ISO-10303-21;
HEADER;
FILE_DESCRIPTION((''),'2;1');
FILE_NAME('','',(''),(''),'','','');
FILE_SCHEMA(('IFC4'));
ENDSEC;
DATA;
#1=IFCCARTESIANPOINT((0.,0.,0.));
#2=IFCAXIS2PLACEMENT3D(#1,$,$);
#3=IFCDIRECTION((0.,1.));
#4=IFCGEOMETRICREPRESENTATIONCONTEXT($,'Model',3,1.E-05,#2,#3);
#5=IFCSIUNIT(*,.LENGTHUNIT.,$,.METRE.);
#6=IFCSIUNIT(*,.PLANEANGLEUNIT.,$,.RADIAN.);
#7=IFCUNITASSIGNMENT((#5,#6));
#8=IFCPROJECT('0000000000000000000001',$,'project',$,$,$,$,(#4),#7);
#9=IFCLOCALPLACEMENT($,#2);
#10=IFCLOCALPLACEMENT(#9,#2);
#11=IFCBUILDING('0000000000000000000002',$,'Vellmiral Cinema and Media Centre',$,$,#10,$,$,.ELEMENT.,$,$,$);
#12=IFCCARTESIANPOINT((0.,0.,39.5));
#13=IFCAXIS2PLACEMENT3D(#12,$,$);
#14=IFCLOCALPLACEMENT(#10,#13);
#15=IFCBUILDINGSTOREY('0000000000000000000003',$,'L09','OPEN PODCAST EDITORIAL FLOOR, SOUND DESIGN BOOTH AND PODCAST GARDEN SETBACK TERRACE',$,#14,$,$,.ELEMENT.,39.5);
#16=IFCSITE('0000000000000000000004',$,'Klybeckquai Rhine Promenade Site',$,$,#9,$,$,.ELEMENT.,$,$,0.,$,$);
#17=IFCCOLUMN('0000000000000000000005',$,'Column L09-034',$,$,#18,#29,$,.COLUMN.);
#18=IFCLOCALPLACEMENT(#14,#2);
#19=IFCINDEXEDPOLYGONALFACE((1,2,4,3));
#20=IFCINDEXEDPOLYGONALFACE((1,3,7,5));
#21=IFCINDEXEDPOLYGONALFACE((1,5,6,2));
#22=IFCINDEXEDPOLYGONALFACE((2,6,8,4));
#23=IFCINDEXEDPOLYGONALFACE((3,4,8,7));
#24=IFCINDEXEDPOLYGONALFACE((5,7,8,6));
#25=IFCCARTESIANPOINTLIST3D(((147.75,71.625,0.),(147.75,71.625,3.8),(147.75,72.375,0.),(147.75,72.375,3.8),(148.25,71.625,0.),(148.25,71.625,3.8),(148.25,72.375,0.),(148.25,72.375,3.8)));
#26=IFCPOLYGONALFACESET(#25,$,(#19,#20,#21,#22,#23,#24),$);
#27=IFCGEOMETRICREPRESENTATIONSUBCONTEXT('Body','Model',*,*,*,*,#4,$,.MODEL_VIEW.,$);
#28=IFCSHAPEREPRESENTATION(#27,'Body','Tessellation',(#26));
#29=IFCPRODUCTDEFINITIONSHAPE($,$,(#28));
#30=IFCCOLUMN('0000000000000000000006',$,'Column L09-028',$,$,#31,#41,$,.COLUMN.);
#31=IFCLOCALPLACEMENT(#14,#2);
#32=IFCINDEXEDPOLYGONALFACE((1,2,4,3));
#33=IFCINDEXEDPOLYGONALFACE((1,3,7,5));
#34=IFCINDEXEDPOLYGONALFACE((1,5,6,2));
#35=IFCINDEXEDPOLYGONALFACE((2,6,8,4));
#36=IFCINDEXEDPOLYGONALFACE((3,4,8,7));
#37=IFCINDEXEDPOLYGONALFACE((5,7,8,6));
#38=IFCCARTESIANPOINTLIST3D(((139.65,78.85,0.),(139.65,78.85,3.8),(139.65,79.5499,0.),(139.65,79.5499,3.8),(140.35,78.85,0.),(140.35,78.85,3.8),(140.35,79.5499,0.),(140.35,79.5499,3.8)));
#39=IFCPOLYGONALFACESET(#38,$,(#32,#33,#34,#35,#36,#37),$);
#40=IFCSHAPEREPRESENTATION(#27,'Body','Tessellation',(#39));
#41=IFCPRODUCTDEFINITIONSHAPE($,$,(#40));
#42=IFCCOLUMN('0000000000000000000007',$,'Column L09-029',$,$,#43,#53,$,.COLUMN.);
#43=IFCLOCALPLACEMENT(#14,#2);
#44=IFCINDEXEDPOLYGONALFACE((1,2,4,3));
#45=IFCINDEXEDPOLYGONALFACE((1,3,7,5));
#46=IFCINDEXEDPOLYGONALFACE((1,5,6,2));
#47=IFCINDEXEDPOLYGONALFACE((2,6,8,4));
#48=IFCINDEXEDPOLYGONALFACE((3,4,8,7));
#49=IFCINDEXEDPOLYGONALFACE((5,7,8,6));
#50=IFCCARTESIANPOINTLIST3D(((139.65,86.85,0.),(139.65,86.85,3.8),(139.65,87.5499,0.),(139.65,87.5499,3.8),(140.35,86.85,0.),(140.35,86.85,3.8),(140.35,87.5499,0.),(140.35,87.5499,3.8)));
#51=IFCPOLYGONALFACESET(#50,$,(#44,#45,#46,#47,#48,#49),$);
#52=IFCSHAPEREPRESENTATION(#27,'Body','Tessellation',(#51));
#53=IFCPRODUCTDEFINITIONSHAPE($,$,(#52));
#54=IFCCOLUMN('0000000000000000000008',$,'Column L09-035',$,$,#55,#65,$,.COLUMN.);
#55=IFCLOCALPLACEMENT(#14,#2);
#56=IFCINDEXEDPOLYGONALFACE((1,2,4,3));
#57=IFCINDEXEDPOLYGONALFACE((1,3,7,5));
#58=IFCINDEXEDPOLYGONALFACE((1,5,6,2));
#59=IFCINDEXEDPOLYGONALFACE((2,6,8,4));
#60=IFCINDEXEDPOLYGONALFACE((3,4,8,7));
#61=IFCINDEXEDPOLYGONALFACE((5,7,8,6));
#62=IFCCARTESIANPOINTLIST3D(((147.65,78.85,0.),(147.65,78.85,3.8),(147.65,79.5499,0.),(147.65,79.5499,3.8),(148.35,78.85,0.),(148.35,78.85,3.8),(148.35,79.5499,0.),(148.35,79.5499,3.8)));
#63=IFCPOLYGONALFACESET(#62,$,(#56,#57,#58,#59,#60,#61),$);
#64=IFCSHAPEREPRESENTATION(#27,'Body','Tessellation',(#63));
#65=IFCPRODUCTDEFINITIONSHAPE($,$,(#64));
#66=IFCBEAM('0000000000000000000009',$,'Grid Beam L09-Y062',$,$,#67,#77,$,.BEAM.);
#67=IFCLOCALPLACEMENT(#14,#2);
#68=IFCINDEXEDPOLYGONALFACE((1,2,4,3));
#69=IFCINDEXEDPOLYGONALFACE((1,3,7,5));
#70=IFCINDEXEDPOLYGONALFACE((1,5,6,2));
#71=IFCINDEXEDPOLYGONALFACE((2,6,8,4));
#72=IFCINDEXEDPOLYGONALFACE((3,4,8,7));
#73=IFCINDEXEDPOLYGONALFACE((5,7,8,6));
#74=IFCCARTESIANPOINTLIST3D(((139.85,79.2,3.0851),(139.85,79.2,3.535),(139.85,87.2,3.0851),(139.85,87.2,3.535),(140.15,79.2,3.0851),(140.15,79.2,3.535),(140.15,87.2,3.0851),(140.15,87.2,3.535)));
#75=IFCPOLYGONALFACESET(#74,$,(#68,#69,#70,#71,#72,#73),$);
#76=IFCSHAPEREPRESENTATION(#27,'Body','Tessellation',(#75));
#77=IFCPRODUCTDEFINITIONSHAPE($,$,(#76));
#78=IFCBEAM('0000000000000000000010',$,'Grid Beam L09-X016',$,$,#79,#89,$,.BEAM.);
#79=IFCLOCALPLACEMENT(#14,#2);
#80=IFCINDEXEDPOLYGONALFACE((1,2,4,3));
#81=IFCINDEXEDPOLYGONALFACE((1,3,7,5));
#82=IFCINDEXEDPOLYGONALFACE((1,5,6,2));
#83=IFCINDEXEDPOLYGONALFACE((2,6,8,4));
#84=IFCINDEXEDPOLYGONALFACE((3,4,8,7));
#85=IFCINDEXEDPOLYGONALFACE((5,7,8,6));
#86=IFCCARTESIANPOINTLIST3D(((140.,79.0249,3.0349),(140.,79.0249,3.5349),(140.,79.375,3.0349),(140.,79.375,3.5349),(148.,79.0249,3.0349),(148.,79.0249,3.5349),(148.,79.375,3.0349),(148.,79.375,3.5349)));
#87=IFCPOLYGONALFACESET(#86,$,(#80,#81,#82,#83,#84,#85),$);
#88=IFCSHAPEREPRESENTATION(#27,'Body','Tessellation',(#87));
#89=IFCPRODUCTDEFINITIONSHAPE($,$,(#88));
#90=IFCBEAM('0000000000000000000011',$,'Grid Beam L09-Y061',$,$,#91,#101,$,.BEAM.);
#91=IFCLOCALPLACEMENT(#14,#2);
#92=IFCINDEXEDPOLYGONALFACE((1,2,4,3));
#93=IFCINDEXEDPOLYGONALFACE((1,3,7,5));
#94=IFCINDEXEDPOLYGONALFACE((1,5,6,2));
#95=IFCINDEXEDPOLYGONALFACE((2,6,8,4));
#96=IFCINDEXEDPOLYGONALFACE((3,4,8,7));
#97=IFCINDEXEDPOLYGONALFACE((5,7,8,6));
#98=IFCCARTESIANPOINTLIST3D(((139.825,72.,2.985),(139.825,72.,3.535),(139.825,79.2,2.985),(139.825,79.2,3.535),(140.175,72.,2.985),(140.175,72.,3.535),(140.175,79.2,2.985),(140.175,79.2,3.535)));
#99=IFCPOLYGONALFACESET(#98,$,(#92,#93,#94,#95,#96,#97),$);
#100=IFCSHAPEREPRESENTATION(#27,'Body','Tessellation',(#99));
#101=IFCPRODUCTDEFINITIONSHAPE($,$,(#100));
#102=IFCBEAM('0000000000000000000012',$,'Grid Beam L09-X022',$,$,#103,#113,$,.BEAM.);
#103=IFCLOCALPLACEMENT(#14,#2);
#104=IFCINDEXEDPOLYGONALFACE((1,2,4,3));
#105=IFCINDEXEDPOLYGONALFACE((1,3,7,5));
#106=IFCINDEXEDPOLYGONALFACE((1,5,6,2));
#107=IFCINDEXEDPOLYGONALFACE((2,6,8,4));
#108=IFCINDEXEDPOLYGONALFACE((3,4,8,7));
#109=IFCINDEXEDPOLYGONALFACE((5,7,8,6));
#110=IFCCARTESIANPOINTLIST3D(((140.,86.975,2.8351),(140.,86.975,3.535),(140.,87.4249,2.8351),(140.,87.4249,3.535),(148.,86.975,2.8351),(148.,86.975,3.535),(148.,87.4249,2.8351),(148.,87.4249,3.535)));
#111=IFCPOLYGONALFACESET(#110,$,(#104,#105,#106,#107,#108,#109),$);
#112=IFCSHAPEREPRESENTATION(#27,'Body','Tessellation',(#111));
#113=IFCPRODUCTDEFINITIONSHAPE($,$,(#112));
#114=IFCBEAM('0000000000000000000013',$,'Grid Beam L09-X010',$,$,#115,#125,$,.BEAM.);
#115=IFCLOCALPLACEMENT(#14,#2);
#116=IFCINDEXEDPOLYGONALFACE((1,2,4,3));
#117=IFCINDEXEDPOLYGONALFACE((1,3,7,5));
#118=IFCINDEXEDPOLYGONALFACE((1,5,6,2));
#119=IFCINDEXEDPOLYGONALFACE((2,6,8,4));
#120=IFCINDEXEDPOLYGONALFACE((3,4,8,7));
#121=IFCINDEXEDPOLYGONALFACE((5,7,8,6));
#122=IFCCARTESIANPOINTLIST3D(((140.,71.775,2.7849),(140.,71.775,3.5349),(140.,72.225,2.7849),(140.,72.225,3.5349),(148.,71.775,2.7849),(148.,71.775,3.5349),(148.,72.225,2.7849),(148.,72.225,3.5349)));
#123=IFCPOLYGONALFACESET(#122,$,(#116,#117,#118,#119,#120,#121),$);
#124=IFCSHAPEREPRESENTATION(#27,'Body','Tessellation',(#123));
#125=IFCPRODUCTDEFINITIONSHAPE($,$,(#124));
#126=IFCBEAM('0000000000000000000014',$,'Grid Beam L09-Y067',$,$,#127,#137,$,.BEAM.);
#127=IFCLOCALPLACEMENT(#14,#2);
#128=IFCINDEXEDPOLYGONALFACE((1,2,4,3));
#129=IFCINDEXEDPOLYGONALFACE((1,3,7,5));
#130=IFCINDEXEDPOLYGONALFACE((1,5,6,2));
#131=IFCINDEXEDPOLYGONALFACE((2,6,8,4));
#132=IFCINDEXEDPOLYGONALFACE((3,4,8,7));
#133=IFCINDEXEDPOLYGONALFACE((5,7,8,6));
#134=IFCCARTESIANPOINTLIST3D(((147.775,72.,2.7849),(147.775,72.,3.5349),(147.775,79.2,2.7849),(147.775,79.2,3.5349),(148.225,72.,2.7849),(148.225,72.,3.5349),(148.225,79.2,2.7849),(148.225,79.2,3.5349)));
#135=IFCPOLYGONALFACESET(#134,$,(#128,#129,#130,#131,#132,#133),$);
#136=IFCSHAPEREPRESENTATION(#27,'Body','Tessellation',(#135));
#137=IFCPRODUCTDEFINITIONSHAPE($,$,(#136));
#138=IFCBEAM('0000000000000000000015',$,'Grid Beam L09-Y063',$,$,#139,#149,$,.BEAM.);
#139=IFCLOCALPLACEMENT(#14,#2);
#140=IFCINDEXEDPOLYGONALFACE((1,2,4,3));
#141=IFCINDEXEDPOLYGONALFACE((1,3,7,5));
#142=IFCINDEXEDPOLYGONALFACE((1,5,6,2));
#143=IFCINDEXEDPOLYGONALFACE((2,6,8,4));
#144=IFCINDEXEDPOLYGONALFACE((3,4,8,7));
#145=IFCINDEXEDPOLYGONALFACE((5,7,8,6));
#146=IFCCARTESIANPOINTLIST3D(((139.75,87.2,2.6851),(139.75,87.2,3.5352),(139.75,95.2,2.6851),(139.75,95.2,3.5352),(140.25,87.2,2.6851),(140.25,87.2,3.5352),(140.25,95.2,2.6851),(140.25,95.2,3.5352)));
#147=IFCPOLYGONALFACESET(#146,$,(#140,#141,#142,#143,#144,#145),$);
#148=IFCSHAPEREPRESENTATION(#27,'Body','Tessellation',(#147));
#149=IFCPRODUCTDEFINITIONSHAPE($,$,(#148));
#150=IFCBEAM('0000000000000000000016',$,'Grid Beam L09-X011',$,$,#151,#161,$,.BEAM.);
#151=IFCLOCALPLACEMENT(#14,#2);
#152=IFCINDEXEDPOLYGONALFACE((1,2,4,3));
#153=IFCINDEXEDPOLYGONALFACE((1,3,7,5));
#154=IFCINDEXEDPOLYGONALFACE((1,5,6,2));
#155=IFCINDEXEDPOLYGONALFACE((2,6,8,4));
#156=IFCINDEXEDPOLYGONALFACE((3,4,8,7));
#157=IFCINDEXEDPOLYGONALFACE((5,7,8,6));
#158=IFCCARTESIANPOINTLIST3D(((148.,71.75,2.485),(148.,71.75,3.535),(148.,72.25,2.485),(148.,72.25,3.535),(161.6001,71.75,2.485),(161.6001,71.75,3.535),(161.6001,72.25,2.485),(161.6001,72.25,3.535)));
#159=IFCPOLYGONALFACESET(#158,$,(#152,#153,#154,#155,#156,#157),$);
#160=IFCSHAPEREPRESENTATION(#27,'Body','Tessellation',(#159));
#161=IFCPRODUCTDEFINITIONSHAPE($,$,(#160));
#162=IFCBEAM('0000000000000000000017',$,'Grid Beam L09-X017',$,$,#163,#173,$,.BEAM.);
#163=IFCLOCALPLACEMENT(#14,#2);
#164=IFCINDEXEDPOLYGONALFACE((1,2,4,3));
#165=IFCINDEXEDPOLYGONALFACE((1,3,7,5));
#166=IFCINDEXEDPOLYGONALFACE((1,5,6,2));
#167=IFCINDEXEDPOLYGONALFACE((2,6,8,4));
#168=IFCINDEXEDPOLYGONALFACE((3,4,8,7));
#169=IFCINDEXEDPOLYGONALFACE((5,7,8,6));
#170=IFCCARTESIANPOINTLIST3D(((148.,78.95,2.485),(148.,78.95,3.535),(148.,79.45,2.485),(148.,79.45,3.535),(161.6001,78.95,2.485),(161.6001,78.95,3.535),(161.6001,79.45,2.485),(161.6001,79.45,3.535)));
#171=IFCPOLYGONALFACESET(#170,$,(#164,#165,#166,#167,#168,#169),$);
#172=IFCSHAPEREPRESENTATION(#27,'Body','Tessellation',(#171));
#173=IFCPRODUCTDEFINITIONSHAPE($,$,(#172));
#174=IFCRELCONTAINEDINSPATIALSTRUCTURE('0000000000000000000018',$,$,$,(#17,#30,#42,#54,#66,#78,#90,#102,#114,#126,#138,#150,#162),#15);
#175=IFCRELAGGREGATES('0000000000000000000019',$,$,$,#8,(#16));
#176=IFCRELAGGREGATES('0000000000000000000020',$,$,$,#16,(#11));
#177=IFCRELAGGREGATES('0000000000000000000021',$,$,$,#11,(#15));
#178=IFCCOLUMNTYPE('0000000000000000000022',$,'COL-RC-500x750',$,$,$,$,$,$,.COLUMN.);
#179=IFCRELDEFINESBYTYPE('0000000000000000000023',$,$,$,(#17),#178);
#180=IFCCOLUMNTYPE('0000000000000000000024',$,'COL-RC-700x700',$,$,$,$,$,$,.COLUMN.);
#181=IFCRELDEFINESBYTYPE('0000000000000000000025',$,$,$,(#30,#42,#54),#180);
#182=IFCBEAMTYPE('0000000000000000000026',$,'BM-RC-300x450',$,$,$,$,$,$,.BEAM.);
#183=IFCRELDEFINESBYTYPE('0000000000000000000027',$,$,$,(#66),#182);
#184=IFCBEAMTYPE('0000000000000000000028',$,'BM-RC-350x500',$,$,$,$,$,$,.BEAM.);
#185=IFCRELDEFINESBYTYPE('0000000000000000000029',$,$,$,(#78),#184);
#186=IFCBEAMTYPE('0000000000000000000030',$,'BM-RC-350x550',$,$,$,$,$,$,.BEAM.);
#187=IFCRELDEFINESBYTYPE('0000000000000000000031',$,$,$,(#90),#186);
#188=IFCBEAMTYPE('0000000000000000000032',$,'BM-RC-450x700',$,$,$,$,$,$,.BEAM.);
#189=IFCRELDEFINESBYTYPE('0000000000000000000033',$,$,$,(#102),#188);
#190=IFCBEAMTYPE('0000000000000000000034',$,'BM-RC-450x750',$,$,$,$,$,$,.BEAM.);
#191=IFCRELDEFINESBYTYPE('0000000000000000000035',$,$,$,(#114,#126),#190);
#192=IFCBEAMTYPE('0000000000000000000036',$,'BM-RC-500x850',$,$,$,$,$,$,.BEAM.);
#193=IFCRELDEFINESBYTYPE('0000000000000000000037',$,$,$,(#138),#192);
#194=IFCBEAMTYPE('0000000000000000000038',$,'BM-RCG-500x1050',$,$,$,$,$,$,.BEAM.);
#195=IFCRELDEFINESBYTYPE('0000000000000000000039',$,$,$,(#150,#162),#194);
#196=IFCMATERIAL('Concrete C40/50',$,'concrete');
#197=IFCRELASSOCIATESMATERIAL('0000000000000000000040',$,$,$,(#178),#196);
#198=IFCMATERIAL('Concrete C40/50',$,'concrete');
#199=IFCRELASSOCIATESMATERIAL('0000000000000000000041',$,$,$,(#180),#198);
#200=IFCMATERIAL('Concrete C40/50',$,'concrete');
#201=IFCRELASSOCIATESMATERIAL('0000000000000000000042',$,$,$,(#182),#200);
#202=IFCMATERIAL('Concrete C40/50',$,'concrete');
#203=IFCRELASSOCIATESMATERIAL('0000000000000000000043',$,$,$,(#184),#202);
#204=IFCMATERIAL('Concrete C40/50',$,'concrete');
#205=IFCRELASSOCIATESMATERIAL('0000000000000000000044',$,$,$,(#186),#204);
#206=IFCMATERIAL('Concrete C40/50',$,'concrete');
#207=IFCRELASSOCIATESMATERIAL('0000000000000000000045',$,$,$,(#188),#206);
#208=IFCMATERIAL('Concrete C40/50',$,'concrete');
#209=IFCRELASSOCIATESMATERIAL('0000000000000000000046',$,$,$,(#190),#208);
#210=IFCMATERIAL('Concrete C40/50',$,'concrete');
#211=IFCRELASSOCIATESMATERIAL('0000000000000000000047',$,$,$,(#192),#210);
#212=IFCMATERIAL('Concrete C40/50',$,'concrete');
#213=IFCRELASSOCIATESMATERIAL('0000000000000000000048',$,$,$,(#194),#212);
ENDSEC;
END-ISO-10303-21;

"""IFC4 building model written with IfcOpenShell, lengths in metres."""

from ifc_helpers import new_model, si_unit, direction, frame, origin, origin_2d, place, context, subcontext, project, spatial, rectangle, extrude, material, material_profile, profile_set, type_object, element, save


model = new_model("IFC4")

# Units and contexts
model_context = context("Model", 3, precision=1e-05, world=origin(), true_north=direction((0.0, 1.0)))
body_context = subcontext(model_context, "Body", "Model", "MODEL_VIEW")
ifc_project = project(units=[si_unit("LENGTHUNIT", "METRE"), si_unit("PLANEANGLEUNIT", "RADIAN")], contexts=[model_context])

# Site, building, storey
site_placement = place(None, origin())
site = spatial("IfcSite", under=ifc_project, at=site_placement, Name="Klybeckquai Rhine Promenade Site", CompositionType="ELEMENT", RefElevation=0.0)
building_placement = place(site_placement, origin())
building = spatial("IfcBuilding", under=site, at=building_placement, Name="Vellmiral Cinema and Media Centre", CompositionType="ELEMENT")
storey_placement = place(building_placement, frame((0.0, 0.0, 39.5)))
storey = spatial("IfcBuildingStorey", under=building, at=storey_placement, Name="L09", Description="OPEN PODCAST EDITORIAL FLOOR, SOUND DESIGN BOOTH AND PODCAST GARDEN SETBACK TERRACE", CompositionType="ELEMENT", Elevation=39.5)

# Columns
ifc_material_1 = material(Name="Concrete C40/50", Category="concrete")
ifc_material_profile_1 = material_profile(ifc_material_1, rectangle(XDim=0.5, YDim=0.75, at=origin_2d()), Name="RC 500x750")
ifc_profile_set_1 = profile_set([ifc_material_profile_1], Name="Concrete C40/50")
column_type_1 = type_object("IfcColumnType", Name="COL-RC-500x750", PredefinedType="COLUMN", material=ifc_profile_set_1)
column_placement = place(storey_placement, frame((148.0, 72.0, 0.0), z_axis=(0.0, 0.0, 1.0), x_axis=(1.0, 0.0, 0.0)))
element("IfcColumn", 1, at=column_placement, inside=storey, type_object=column_type_1, Name="Column L09-034", PredefinedType="COLUMN", context=body_context, shape_type="SweptSolid", body=[
    extrude(rectangle(XDim=0.5, YDim=0.75, at=origin_2d()), origin(), (0.0, 0.0, 1.0), 3.8),
])
ifc_material_2 = material(Name="Concrete C40/50", Category="concrete")
ifc_material_profile_2 = material_profile(ifc_material_2, rectangle(XDim=0.7, YDim=0.7, at=origin_2d()), Name="RC 700x700")
ifc_profile_set_2 = profile_set([ifc_material_profile_2], Name="Concrete C40/50")
column_type_2 = type_object("IfcColumnType", Name="COL-RC-700x700", PredefinedType="COLUMN", material=ifc_profile_set_2)
for number, where, z_axis, x_axis, name in (
    (2, (140.0, 79.2, 0.0), (0.0, 0.0, 1.0), (1.0, 0.0, 0.0), "Column L09-028"),
    (3, (140.0, 87.2, 0.0), (0.0, 0.0, 1.0), (1.0, 0.0, 0.0), "Column L09-029"),
    (4, (148.0, 79.2, 0.0), (0.0, 0.0, 1.0), (1.0, 0.0, 0.0), "Column L09-035"),
):
    element("IfcColumn", number, at=place(storey_placement, frame(where, z_axis=z_axis, x_axis=x_axis)), inside=storey, type_object=column_type_2, Name=name, PredefinedType="COLUMN", context=body_context, shape_type="SweptSolid", body=[
        extrude(rectangle(XDim=0.7, YDim=0.7, at=origin_2d()), origin(), (0.0, 0.0, 1.0), 3.8),
    ])

# Beams
ifc_material_3 = material(Name="Concrete C40/50", Category="concrete")
ifc_material_profile_3 = material_profile(ifc_material_3, rectangle(XDim=0.3, YDim=0.45, at=origin_2d()), Name="RC 300x450")
ifc_profile_set_3 = profile_set([ifc_material_profile_3], Name="Concrete C40/50")
beam_type_1 = type_object("IfcBeamType", Name="BM-RC-300x450", PredefinedType="BEAM", material=ifc_profile_set_3)
beam_1_placement = place(storey_placement, frame((140.0, 79.2, 3.3101), z_axis=(0.0, 1.0, 0.0), x_axis=(-1.0, 0.0, 0.0)))
element("IfcBeam", 5, at=beam_1_placement, inside=storey, type_object=beam_type_1, Name="Grid Beam L09-Y062", PredefinedType="BEAM", context=body_context, shape_type="SweptSolid", body=[
    extrude(rectangle(XDim=0.3, YDim=0.45, at=origin_2d()), origin(), (0.0, 0.0, 1.0), 8.0),
])
ifc_material_4 = material(Name="Concrete C40/50", Category="concrete")
ifc_material_profile_4 = material_profile(ifc_material_4, rectangle(XDim=0.3501, YDim=0.5, at=origin_2d()), Name="RC 350x500")
ifc_profile_set_4 = profile_set([ifc_material_profile_4], Name="Concrete C40/50")
beam_type_2 = type_object("IfcBeamType", Name="BM-RC-350x500", PredefinedType="BEAM", material=ifc_profile_set_4)
beam_2_placement = place(storey_placement, frame((140.0, 79.2, 3.2849), z_axis=(1.0, 0.0, 0.0), x_axis=(0.0, 1.0, 0.0)))
element("IfcBeam", 6, at=beam_2_placement, inside=storey, type_object=beam_type_2, Name="Grid Beam L09-X016", PredefinedType="BEAM", context=body_context, shape_type="SweptSolid", body=[
    extrude(rectangle(XDim=0.3501, YDim=0.5, at=origin_2d()), origin(), (0.0, 0.0, 1.0), 8.0),
])
ifc_material_5 = material(Name="Concrete C40/50", Category="concrete")
ifc_material_profile_5 = material_profile(ifc_material_5, rectangle(XDim=0.3501, YDim=0.55, at=origin_2d()), Name="RC 350x550")
ifc_profile_set_5 = profile_set([ifc_material_profile_5], Name="Concrete C40/50")
beam_type_3 = type_object("IfcBeamType", Name="BM-RC-350x550", PredefinedType="BEAM", material=ifc_profile_set_5)
beam_3_placement = place(storey_placement, frame((140.0, 72.0, 3.26), z_axis=(0.0, 1.0, 0.0), x_axis=(-1.0, 0.0, 0.0)))
element("IfcBeam", 7, at=beam_3_placement, inside=storey, type_object=beam_type_3, Name="Grid Beam L09-Y061", PredefinedType="BEAM", context=body_context, shape_type="SweptSolid", body=[
    extrude(rectangle(XDim=0.3501, YDim=0.55, at=origin_2d()), origin(), (0.0, 0.0, 1.0), 7.2),
])
ifc_material_6 = material(Name="Concrete C40/50", Category="concrete")
ifc_material_profile_6 = material_profile(ifc_material_6, rectangle(XDim=0.45, YDim=0.7, at=origin_2d()), Name="RC 450x700")
ifc_profile_set_6 = profile_set([ifc_material_profile_6], Name="Concrete C40/50")
beam_type_4 = type_object("IfcBeamType", Name="BM-RC-450x700", PredefinedType="BEAM", material=ifc_profile_set_6)
beam_4_placement = place(storey_placement, frame((140.0, 87.2, 3.1851), z_axis=(1.0, 0.0, 0.0), x_axis=(0.0, 1.0, 0.0)))
element("IfcBeam", 8, at=beam_4_placement, inside=storey, type_object=beam_type_4, Name="Grid Beam L09-X022", PredefinedType="BEAM", context=body_context, shape_type="SweptSolid", body=[
    extrude(rectangle(XDim=0.45, YDim=0.7, at=origin_2d()), origin(), (0.0, 0.0, 1.0), 8.0),
])
ifc_material_7 = material(Name="Concrete C40/50", Category="concrete")
ifc_material_profile_7 = material_profile(ifc_material_7, rectangle(XDim=0.45, YDim=0.75, at=origin_2d()), Name="RC 450x750")
ifc_profile_set_7 = profile_set([ifc_material_profile_7], Name="Concrete C40/50")
beam_type_5 = type_object("IfcBeamType", Name="BM-RC-450x750", PredefinedType="BEAM", material=ifc_profile_set_7)
beam_5_placement = place(storey_placement, frame((140.0, 72.0, 3.1599), z_axis=(1.0, 0.0, 0.0), x_axis=(0.0, 1.0, 0.0)))
element("IfcBeam", 9, at=beam_5_placement, inside=storey, type_object=beam_type_5, Name="Grid Beam L09-X010", PredefinedType="BEAM", context=body_context, shape_type="SweptSolid", body=[
    extrude(rectangle(XDim=0.45, YDim=0.75, at=origin_2d()), origin(), (0.0, 0.0, 1.0), 8.0),
])
beam_6_placement = place(storey_placement, frame((148.0, 72.0, 3.1599), z_axis=(0.0, 1.0, 0.0), x_axis=(-1.0, 0.0, 0.0)))
element("IfcBeam", 10, at=beam_6_placement, inside=storey, type_object=beam_type_5, Name="Grid Beam L09-Y067", PredefinedType="BEAM", context=body_context, shape_type="SweptSolid", body=[
    extrude(rectangle(XDim=0.45, YDim=0.75, at=origin_2d()), origin(), (0.0, 0.0, 1.0), 7.2),
])
ifc_material_8 = material(Name="Concrete C40/50", Category="concrete")
ifc_material_profile_8 = material_profile(ifc_material_8, rectangle(XDim=0.5, YDim=0.8501, at=origin_2d()), Name="RC 500x850")
ifc_profile_set_8 = profile_set([ifc_material_profile_8], Name="Concrete C40/50")
beam_type_6 = type_object("IfcBeamType", Name="BM-RC-500x850", PredefinedType="BEAM", material=ifc_profile_set_8)
beam_7_placement = place(storey_placement, frame((140.0, 87.2, 3.1101), z_axis=(0.0, 1.0, 0.0), x_axis=(-1.0, 0.0, 0.0)))
element("IfcBeam", 11, at=beam_7_placement, inside=storey, type_object=beam_type_6, Name="Grid Beam L09-Y063", PredefinedType="BEAM", context=body_context, shape_type="SweptSolid", body=[
    extrude(rectangle(XDim=0.5, YDim=0.8501, at=origin_2d()), origin(), (0.0, 0.0, 1.0), 8.0),
])
ifc_material_9 = material(Name="Concrete C40/50", Category="concrete")
ifc_material_profile_9 = material_profile(ifc_material_9, rectangle(XDim=0.5, YDim=1.05, at=origin_2d()), Name="RC 500x1050")
ifc_profile_set_9 = profile_set([ifc_material_profile_9], Name="Concrete C40/50")
beam_type_7 = type_object("IfcBeamType", Name="BM-RCG-500x1050", PredefinedType="BEAM", material=ifc_profile_set_9)
for number, where, z_axis, x_axis, name in (
    (12, (148.0, 72.0, 3.01), (1.0, 0.0, 0.0), (0.0, 1.0, 0.0), "Grid Beam L09-X011"),
    (13, (148.0, 79.2, 3.01), (1.0, 0.0, 0.0), (0.0, 1.0, 0.0), "Grid Beam L09-X017"),
):
    element("IfcBeam", number, at=place(storey_placement, frame(where, z_axis=z_axis, x_axis=x_axis)), inside=storey, type_object=beam_type_7, Name=name, PredefinedType="BEAM", context=body_context, shape_type="SweptSolid", body=[
        extrude(rectangle(XDim=0.5, YDim=1.05, at=origin_2d()), origin(), (0.0, 0.0, 1.0), 13.6001),
    ])

save(model, "model.ifc")
